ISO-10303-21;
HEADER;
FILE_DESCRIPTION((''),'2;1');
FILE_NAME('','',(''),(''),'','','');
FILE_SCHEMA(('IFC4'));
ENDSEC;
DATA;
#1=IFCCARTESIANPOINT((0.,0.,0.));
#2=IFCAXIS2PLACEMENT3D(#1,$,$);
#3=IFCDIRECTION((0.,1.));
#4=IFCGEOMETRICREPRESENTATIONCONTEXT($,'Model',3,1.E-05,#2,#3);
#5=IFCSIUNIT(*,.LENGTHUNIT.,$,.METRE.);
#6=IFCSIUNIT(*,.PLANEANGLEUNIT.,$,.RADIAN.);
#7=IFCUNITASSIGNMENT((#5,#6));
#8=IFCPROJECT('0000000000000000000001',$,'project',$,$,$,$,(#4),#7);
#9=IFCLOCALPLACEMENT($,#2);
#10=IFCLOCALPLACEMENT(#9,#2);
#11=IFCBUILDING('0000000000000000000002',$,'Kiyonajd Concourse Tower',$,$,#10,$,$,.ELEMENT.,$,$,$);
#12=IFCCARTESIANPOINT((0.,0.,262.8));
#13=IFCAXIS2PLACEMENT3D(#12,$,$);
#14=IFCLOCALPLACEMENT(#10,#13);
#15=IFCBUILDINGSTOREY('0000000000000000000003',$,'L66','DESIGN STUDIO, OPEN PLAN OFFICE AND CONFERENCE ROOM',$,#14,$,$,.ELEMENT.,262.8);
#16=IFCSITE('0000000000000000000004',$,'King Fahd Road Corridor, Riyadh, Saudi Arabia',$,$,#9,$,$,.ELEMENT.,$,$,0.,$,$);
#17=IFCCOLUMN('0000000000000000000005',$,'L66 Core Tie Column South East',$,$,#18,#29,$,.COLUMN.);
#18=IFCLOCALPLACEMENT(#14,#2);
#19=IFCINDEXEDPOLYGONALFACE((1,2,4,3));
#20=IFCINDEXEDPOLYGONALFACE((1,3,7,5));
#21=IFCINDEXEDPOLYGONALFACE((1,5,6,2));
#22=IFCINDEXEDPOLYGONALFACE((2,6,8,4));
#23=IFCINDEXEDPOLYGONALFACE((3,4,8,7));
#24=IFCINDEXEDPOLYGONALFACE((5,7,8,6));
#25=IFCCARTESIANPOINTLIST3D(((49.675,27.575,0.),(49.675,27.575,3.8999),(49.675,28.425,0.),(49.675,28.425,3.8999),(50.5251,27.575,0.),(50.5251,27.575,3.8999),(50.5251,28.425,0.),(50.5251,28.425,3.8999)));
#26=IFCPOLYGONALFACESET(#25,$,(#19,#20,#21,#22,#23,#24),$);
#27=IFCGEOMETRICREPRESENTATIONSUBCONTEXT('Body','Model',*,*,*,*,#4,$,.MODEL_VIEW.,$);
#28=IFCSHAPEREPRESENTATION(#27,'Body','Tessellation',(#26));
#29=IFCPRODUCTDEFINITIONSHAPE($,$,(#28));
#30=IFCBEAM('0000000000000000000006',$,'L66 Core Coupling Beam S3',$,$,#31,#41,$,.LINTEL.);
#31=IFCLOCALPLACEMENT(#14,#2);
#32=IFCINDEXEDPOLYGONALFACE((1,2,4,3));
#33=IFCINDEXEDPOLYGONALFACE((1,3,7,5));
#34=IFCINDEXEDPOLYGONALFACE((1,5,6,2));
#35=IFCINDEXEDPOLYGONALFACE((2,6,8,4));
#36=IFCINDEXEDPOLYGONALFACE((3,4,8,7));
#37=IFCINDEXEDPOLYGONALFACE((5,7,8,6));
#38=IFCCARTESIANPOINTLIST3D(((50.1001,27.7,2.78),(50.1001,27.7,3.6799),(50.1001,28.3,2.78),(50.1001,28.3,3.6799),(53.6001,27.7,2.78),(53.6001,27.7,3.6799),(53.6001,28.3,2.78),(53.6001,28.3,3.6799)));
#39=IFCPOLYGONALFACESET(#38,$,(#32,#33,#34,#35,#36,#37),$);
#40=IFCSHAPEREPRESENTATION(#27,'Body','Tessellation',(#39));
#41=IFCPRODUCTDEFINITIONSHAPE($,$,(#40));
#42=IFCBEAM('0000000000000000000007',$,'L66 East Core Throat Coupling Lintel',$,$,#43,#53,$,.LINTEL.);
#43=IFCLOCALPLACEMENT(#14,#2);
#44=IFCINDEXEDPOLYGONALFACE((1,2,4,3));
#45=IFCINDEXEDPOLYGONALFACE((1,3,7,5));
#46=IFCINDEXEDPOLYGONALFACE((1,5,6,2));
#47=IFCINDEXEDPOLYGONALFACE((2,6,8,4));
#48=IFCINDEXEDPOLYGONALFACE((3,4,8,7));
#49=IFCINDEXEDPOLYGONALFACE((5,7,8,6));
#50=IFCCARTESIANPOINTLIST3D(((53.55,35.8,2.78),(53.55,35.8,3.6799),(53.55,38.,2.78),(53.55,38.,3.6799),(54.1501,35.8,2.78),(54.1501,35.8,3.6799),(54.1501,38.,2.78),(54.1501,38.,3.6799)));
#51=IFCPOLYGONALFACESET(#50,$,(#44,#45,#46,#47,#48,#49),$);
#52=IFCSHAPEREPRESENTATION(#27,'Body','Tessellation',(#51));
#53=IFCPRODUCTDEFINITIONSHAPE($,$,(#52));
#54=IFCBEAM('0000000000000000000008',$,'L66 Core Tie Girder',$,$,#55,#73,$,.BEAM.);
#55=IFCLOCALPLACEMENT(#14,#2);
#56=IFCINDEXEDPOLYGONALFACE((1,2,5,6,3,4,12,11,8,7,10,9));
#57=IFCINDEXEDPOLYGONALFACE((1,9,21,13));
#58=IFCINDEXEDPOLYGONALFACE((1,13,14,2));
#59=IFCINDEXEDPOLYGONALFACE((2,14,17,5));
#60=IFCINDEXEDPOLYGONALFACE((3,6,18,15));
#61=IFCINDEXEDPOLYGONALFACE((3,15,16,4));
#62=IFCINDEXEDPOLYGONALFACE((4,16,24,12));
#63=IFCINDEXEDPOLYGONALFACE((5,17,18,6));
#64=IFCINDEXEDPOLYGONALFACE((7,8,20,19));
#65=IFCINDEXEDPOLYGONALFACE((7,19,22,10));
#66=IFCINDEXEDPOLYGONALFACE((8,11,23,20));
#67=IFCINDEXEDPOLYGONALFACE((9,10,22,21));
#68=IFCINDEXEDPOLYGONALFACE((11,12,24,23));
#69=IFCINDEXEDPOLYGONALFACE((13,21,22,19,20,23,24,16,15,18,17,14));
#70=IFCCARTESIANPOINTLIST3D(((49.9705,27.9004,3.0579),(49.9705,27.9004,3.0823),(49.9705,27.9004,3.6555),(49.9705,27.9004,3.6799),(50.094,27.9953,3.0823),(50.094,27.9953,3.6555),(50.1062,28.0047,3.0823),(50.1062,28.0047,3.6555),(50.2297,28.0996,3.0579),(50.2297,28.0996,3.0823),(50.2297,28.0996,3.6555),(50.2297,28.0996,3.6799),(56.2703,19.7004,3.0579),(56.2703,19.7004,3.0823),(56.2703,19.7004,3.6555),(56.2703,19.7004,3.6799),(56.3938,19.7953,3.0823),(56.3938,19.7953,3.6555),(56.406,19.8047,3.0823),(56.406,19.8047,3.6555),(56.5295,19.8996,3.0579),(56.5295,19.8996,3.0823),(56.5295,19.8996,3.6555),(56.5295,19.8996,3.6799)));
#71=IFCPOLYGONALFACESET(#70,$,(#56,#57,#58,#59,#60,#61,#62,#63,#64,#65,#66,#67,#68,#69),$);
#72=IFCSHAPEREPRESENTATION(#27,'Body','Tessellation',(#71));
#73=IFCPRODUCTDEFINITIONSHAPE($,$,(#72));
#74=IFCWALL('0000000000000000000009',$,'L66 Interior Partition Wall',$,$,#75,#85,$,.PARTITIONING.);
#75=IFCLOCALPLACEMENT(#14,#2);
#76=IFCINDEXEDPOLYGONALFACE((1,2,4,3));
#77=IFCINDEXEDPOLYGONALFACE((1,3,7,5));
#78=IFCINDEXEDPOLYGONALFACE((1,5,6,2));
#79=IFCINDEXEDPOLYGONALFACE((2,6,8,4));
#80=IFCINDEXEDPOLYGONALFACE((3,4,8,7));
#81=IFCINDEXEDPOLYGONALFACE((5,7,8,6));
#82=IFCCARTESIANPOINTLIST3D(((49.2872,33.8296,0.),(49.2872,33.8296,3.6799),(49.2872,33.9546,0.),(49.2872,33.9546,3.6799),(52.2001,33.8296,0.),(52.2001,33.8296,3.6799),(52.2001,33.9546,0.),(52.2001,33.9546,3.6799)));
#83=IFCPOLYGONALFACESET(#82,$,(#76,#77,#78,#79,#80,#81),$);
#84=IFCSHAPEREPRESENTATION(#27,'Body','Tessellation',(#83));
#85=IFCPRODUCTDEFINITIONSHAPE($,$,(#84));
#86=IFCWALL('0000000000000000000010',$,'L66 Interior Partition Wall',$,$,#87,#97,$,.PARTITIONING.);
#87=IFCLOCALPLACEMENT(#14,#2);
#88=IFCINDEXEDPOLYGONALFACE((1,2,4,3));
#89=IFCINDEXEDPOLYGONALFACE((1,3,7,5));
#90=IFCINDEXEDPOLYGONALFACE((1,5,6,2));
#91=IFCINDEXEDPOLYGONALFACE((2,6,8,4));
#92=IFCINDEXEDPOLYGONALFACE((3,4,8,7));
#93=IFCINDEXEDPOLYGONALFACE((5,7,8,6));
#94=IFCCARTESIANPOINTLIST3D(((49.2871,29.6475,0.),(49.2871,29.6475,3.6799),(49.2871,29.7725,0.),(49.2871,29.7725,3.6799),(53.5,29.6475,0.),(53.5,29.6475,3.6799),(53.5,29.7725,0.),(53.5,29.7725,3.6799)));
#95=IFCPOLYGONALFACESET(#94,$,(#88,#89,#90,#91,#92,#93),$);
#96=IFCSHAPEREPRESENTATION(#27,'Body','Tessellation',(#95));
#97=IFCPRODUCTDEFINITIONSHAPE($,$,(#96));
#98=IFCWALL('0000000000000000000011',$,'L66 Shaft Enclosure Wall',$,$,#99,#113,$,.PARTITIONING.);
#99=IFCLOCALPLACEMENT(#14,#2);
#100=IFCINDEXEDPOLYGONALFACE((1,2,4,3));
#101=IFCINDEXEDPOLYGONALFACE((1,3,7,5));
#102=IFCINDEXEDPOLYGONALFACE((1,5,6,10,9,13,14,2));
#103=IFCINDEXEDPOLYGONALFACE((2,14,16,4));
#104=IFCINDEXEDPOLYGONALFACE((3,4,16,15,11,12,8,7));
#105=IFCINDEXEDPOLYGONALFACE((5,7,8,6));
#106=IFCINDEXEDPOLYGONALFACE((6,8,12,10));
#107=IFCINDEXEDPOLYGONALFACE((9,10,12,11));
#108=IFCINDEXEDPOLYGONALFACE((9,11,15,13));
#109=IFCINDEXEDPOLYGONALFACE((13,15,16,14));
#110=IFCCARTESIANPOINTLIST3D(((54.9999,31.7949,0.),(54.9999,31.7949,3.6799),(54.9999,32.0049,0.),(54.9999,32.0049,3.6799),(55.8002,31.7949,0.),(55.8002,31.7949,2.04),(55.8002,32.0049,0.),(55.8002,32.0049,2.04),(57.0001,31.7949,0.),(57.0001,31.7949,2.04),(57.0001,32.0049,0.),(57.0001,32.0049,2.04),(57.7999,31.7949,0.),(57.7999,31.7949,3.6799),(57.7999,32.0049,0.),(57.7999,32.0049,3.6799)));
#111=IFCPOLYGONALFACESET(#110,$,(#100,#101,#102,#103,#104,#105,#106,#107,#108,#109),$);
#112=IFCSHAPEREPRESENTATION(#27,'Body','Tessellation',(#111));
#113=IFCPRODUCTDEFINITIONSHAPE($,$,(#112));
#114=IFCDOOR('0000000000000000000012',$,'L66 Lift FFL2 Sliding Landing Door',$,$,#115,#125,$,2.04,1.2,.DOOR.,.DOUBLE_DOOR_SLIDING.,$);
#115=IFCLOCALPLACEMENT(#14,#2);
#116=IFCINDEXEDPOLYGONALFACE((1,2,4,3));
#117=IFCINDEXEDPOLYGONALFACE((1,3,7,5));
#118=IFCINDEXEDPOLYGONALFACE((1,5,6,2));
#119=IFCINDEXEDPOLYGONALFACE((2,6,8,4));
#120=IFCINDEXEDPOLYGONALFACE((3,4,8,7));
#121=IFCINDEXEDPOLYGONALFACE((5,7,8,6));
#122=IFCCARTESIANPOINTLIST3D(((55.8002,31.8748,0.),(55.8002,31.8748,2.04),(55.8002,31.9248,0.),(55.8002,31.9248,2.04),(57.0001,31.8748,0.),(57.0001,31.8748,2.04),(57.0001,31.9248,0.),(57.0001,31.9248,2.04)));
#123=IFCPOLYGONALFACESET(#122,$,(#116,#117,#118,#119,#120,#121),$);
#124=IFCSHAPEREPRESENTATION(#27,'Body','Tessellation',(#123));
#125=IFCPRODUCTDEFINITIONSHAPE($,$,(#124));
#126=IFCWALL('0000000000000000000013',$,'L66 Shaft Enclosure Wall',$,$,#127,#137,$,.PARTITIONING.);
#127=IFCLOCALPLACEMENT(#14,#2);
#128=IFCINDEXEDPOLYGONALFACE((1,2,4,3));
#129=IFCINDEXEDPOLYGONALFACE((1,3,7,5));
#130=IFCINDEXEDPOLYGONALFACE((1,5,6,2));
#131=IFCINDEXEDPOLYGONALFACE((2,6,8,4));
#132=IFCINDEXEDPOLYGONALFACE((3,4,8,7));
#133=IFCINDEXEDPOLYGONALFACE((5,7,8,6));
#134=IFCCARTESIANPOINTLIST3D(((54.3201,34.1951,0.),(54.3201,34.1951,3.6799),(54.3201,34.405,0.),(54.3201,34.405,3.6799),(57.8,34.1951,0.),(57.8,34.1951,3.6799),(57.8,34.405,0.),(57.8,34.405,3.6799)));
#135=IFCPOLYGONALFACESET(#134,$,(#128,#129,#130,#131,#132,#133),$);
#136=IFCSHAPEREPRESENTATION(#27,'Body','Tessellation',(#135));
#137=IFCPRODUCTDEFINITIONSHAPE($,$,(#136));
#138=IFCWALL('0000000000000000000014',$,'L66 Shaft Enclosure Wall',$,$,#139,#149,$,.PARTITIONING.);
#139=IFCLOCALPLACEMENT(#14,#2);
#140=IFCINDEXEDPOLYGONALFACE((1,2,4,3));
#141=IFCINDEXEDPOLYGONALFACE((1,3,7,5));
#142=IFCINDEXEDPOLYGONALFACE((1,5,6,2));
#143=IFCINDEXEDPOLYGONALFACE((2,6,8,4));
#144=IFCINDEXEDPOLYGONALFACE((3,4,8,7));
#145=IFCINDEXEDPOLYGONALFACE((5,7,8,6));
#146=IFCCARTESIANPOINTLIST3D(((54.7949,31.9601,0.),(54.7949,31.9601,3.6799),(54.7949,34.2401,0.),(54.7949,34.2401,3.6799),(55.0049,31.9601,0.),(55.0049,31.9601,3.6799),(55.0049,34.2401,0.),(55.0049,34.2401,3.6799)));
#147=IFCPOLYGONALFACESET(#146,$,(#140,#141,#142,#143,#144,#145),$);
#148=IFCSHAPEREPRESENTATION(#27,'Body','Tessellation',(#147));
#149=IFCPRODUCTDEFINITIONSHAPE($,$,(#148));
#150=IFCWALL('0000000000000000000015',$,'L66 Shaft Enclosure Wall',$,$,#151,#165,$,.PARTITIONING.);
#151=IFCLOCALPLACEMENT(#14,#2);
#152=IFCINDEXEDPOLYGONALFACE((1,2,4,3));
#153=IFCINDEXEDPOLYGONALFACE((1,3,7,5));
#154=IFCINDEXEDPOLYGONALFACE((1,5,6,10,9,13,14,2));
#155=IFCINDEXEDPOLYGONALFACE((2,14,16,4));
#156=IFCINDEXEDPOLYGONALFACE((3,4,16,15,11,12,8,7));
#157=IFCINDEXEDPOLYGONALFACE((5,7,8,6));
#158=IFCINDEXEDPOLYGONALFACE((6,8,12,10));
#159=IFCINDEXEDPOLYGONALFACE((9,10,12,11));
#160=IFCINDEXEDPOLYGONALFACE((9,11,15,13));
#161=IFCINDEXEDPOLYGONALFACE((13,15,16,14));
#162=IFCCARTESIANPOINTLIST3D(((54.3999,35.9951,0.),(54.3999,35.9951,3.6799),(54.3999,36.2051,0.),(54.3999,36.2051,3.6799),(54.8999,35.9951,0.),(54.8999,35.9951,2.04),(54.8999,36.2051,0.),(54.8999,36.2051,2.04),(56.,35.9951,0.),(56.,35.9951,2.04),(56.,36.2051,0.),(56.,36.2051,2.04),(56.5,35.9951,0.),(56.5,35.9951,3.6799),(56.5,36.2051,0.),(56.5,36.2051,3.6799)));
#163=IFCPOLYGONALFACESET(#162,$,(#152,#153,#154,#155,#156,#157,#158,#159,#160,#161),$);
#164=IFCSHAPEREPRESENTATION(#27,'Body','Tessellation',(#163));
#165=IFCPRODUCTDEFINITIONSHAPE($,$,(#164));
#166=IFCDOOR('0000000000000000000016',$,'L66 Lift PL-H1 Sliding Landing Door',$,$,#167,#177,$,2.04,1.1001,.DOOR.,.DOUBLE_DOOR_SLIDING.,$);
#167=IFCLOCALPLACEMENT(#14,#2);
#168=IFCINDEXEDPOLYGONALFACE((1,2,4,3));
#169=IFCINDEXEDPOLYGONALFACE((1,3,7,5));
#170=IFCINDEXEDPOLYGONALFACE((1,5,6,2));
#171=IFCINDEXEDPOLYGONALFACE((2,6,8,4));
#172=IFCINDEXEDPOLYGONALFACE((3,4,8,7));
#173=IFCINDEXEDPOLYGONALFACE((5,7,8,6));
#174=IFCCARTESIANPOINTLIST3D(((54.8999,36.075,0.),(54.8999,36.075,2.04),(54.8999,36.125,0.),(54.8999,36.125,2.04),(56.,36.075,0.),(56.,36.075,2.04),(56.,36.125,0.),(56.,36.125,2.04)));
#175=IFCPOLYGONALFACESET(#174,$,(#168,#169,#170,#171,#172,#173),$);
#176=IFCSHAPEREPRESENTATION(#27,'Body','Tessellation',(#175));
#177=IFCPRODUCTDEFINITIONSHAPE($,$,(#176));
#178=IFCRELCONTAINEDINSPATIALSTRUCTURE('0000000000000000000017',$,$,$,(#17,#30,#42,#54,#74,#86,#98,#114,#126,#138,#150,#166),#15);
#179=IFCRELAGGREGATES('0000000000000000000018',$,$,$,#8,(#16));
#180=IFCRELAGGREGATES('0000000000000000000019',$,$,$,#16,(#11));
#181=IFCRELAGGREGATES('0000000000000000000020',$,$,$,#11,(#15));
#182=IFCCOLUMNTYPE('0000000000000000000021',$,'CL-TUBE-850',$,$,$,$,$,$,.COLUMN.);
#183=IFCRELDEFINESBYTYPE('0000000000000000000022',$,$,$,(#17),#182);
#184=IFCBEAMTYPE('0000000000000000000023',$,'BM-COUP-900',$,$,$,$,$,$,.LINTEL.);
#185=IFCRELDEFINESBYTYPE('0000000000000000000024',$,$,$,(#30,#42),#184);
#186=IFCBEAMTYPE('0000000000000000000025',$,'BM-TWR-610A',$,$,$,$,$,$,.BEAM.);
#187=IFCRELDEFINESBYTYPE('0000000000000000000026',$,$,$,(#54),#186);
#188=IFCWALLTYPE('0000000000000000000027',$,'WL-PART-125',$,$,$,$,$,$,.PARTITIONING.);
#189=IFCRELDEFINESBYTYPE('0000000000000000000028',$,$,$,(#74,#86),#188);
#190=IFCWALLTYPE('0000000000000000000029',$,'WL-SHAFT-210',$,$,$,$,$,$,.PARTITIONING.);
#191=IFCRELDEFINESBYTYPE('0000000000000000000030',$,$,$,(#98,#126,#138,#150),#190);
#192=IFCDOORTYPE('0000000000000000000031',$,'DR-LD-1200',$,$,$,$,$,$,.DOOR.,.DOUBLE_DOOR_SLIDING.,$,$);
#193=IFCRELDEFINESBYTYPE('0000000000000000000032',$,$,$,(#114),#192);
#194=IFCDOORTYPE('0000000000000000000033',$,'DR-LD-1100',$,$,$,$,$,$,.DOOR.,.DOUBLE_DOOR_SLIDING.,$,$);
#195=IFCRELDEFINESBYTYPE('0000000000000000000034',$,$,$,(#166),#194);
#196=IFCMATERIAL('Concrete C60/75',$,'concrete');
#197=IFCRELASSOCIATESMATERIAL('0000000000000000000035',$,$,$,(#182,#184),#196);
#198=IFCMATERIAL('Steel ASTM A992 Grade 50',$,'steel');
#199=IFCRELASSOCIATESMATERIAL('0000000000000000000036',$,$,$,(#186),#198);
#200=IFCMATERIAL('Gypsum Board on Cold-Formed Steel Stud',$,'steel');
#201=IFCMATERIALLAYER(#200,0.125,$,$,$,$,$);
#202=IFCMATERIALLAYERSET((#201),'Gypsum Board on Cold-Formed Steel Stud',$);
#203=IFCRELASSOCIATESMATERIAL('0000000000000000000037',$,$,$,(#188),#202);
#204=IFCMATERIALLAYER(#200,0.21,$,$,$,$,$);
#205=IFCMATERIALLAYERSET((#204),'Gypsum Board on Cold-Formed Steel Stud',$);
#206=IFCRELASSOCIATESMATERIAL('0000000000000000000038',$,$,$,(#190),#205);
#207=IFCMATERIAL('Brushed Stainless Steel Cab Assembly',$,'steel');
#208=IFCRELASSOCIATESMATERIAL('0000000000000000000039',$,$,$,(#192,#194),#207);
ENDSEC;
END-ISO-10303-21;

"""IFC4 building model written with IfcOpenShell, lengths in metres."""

from ifc_helpers import new_model, si_unit, direction, frame, frame_2d, origin, origin_2d, place, context, subcontext, project, spatial, rectangle, i_section, extrude, material, layer, layer_set, material_profile, profile_set, type_object, element, fill, save


model = new_model("IFC4")

# Units and contexts
model_context = context("Model", 3, precision=1e-05, world=origin(), true_north=direction((0.0, 1.0)))
body_context = subcontext(model_context, "Body", "Model", "MODEL_VIEW")
ifc_project = project(units=[si_unit("LENGTHUNIT", "METRE"), si_unit("PLANEANGLEUNIT", "RADIAN")], contexts=[model_context])

# Site, building, storey
site_placement = place(None, origin())
site = spatial("IfcSite", under=ifc_project, at=site_placement, Name="King Fahd Road Corridor, Riyadh, Saudi Arabia", CompositionType="ELEMENT", RefElevation=0.0)
building_placement = place(site_placement, origin())
building = spatial("IfcBuilding", under=site, at=building_placement, Name="Kiyonajd Concourse Tower", CompositionType="ELEMENT")
storey_placement = place(building_placement, frame((0.0, 0.0, 262.8)))
storey = spatial("IfcBuildingStorey", under=building, at=storey_placement, Name="L66", Description="DESIGN STUDIO, OPEN PLAN OFFICE AND CONFERENCE ROOM", CompositionType="ELEMENT", Elevation=262.8)

# Column
ifc_material_1 = material(Name="Concrete C60/75", Category="concrete")
ifc_material_profile_1 = material_profile(ifc_material_1, rectangle(XDim=0.8501, YDim=0.8501, at=origin_2d()), Name="RC-850x850")
ifc_profile_set_1 = profile_set([ifc_material_profile_1], Name="Concrete C60/75")
column_type = type_object("IfcColumnType", Name="CL-TUBE-850", PredefinedType="COLUMN", material=ifc_profile_set_1)
column_placement = place(storey_placement, frame((50.1001, 28.0, 0.0), z_axis=(0.0, 0.0, 1.0), x_axis=(1.0, 0.0, 0.0)))
element("IfcColumn", 1, at=column_placement, inside=storey, type_object=column_type, Name="L66 Core Tie Column South East", PredefinedType="COLUMN", context=body_context, shape_type="SweptSolid", body=[
    extrude(rectangle(XDim=0.8501, YDim=0.8501, at=origin_2d()), origin(), (0.0, 0.0, 1.0), 3.8999),
])

# Beams
ifc_material_profile_2 = material_profile(ifc_material_1, rectangle(XDim=0.6001, YDim=0.8999, at=origin_2d()), Name="RCBM-600x900")
ifc_profile_set_2 = profile_set([ifc_material_profile_2], Name="Concrete C60/75")
beam_type_1 = type_object("IfcBeamType", Name="BM-COUP-900", PredefinedType="LINTEL", material=ifc_profile_set_2)
beam_1_placement = place(storey_placement, frame((50.1001, 28.0, 3.23), z_axis=(1.0, 0.0, 0.0), x_axis=(0.0, 1.0, 0.0)))
element("IfcBeam", 2, at=beam_1_placement, inside=storey, type_object=beam_type_1, Name="L66 Core Coupling Beam S3", PredefinedType="LINTEL", context=body_context, shape_type="SweptSolid", body=[
    extrude(rectangle(XDim=0.6001, YDim=0.8999, at=origin_2d()), origin(), (0.0, 0.0, 1.0), 3.5),
])
beam_2_placement = place(storey_placement, frame((53.8501, 35.8, 3.23), z_axis=(0.0, 1.0, 0.0), x_axis=(-1.0, 0.0, 0.0)))
element("IfcBeam", 3, at=beam_2_placement, inside=storey, type_object=beam_type_1, Name="L66 East Core Throat Coupling Lintel", PredefinedType="LINTEL", context=body_context, shape_type="SweptSolid", body=[
    extrude(rectangle(XDim=0.6001, YDim=0.8999, at=origin_2d()), origin(), (0.0, 0.0, 1.0), 2.2),
])
ifc_material_2 = material(Name="Steel ASTM A992 Grade 50", Category="steel")
ifc_material_profile_3 = material_profile(ifc_material_2, i_section(OverallWidth=0.3269, OverallDepth=0.6221, WebThickness=0.0154, FlangeThickness=0.0244, at=origin_2d()), Name="W610X195")
ifc_profile_set_3 = profile_set([ifc_material_profile_3], Name="Steel ASTM A992 Grade 50")
beam_type_2 = type_object("IfcBeamType", Name="BM-TWR-610A", PredefinedType="BEAM", material=ifc_profile_set_3)
beam_3_placement = place(storey_placement, frame((50.1001, 28.0, 3.3689), z_axis=(0.609234, -0.792991, 0.0), x_axis=(0.792991, 0.609234, 0.0)))
element("IfcBeam", 4, at=beam_3_placement, inside=storey, type_object=beam_type_2, Name="L66 Core Tie Girder", PredefinedType="BEAM", context=body_context, shape_type="SweptSolid", body=[
    extrude(i_section(OverallWidth=0.3269, OverallDepth=0.6221, WebThickness=0.0154, FlangeThickness=0.0244, at=origin_2d()), origin(), (0.0, 0.0, 1.0), 10.3406),
])

# Walls
ifc_material_3 = material(Name="Gypsum Board on Cold-Formed Steel Stud", Category="steel")
ifc_layer_1 = layer(ifc_material_3, 0.125)
ifc_layer_set_1 = layer_set([ifc_layer_1], Name="Gypsum Board on Cold-Formed Steel Stud")
wall_type_1 = type_object("IfcWallType", Name="WL-PART-125", PredefinedType="PARTITIONING", material=ifc_layer_set_1)
wall_1_placement = place(storey_placement, frame((49.2871, 33.8921, 0.0), z_axis=(0.0, 0.0, 1.0), x_axis=(1.0, 0.0, 0.0)))
element("IfcWall", 5, at=wall_1_placement, inside=storey, type_object=wall_type_1, Name="L66 Interior Partition Wall", PredefinedType="PARTITIONING", context=body_context, shape_type="SweptSolid", body=[
    extrude(rectangle(XDim=2.9128, YDim=0.125, at=frame_2d((1.4565, 0.0))), origin(), (0.0, 0.0, 1.0), 3.6799),
])
wall_2_placement = place(storey_placement, frame((49.2871, 29.71, 0.0), z_axis=(0.0, 0.0, 1.0), x_axis=(1.0, 0.0, 0.0)))
element("IfcWall", 6, at=wall_2_placement, inside=storey, type_object=wall_type_1, Name="L66 Interior Partition Wall", PredefinedType="PARTITIONING", context=body_context, shape_type="SweptSolid", body=[
    extrude(rectangle(XDim=4.2129, YDim=0.125, at=frame_2d((2.1064, 0.0))), origin(), (0.0, 0.0, 1.0), 3.6799),
])

# Wall, opening, door
ifc_layer_2 = layer(ifc_material_3, 0.21)
ifc_layer_set_2 = layer_set([ifc_layer_2], Name="Gypsum Board on Cold-Formed Steel Stud")
wall_type_2 = type_object("IfcWallType", Name="WL-SHAFT-210", PredefinedType="PARTITIONING", material=ifc_layer_set_2)
wall_3_placement = place(storey_placement, frame((55.0, 31.8999, 0.0), z_axis=(0.0, 0.0, 1.0), x_axis=(1.0, 0.0, 0.0)))
wall_3 = element("IfcWall", 7, at=wall_3_placement, inside=storey, type_object=wall_type_2, Name="L66 Shaft Enclosure Wall", PredefinedType="PARTITIONING", context=body_context, shape_type="SweptSolid", body=[
    extrude(rectangle(XDim=2.8, YDim=0.21, at=frame_2d((1.3999, 0.0))), origin(), (0.0, 0.0, 1.0), 3.6799),
])
opening_1_placement = place(wall_3_placement, frame((0.8, 0.0, 0.0)))
opening_1 = element("IfcOpeningElement", 8, at=opening_1_placement, cuts=wall_3, PredefinedType="OPENING", context=body_context, shape_type="SweptSolid", body=[
    extrude(rectangle(XDim=1.2, YDim=2.04, at=frame_2d((0.6001, 1.02))), frame((0.0, 0.115, 0.0), z_axis=(0.0, -1.0, 0.0), x_axis=(1.0, 0.0, 0.0)), (0.0, 0.0, 1.0), 0.23),
])
ifc_material_4 = material(Name="Brushed Stainless Steel Cab Assembly", Category="steel")
door_type_1 = type_object("IfcDoorType", Name="DR-LD-1200", OperationType="DOUBLE_DOOR_SLIDING", PredefinedType="DOOR", material=ifc_material_4)
door_1_placement = place(opening_1_placement, origin())
door_1 = element("IfcDoor", 9, at=door_1_placement, inside=storey, type_object=door_type_1, Name="L66 Lift FFL2 Sliding Landing Door", OperationType="DOUBLE_DOOR_SLIDING", OverallHeight=2.04, OverallWidth=1.2, PredefinedType="DOOR", context=body_context, shape_type="SweptSolid", body=[
    extrude(rectangle(XDim=1.2, YDim=2.04, at=frame_2d((0.6001, 1.02))), frame((0.0, 0.0249, 0.0), z_axis=(0.0, -1.0, 0.0), x_axis=(1.0, 0.0, 0.0)), (0.0, 0.0, 1.0), 0.05),
])
fill(opening_1, door_1)

# Walls
wall_4_placement = place(storey_placement, frame((54.3201, 34.3, 0.0), z_axis=(0.0, 0.0, 1.0), x_axis=(1.0, 0.0, 0.0)))
element("IfcWall", 10, at=wall_4_placement, inside=storey, type_object=wall_type_2, Name="L66 Shaft Enclosure Wall", PredefinedType="PARTITIONING", context=body_context, shape_type="SweptSolid", body=[
    extrude(rectangle(XDim=3.48, YDim=0.21, at=frame_2d((1.74, 0.0))), origin(), (0.0, 0.0, 1.0), 3.6799),
])
wall_5_placement = place(storey_placement, frame((54.8999, 31.96, 0.0), z_axis=(0.0, 0.0, 1.0), x_axis=(0.0, 1.0, 0.0)))
element("IfcWall", 11, at=wall_5_placement, inside=storey, type_object=wall_type_2, Name="L66 Shaft Enclosure Wall", PredefinedType="PARTITIONING", context=body_context, shape_type="SweptSolid", body=[
    extrude(rectangle(XDim=2.28, YDim=0.21, at=frame_2d((1.1401, 0.0))), origin(), (0.0, 0.0, 1.0), 3.6799),
])

# Wall, opening, door
wall_6_placement = place(storey_placement, frame((54.3999, 36.1001, 0.0), z_axis=(0.0, 0.0, 1.0), x_axis=(1.0, 0.0, 0.0)))
wall_6 = element("IfcWall", 12, at=wall_6_placement, inside=storey, type_object=wall_type_2, Name="L66 Shaft Enclosure Wall", PredefinedType="PARTITIONING", context=body_context, shape_type="SweptSolid", body=[
    extrude(rectangle(XDim=2.1001, YDim=0.21, at=frame_2d((1.05, 0.0))), origin(), (0.0, 0.0, 1.0), 3.6799),
])
opening_2_placement = place(wall_6_placement, frame((0.5, 0.0, 0.0)))
opening_2 = element("IfcOpeningElement", 13, at=opening_2_placement, cuts=wall_6, PredefinedType="OPENING", context=body_context, shape_type="SweptSolid", body=[
    extrude(rectangle(XDim=1.1001, YDim=2.04, at=frame_2d((0.55, 1.02))), frame((0.0, 0.115, 0.0), z_axis=(0.0, -1.0, 0.0), x_axis=(1.0, 0.0, 0.0)), (0.0, 0.0, 1.0), 0.23),
])
door_type_2 = type_object("IfcDoorType", Name="DR-LD-1100", OperationType="DOUBLE_DOOR_SLIDING", PredefinedType="DOOR", material=ifc_material_4)
door_2_placement = place(opening_2_placement, origin())
door_2 = element("IfcDoor", 14, at=door_2_placement, inside=storey, type_object=door_type_2, Name="L66 Lift PL-H1 Sliding Landing Door", OperationType="DOUBLE_DOOR_SLIDING", OverallHeight=2.04, OverallWidth=1.1001, PredefinedType="DOOR", context=body_context, shape_type="SweptSolid", body=[
    extrude(rectangle(XDim=1.1001, YDim=2.04, at=frame_2d((0.55, 1.02))), frame((0.0, 0.0249, 0.0), z_axis=(0.0, -1.0, 0.0), x_axis=(1.0, 0.0, 0.0)), (0.0, 0.0, 1.0), 0.05),
])
fill(opening_2, door_2)

save(model, "model.ifc")
